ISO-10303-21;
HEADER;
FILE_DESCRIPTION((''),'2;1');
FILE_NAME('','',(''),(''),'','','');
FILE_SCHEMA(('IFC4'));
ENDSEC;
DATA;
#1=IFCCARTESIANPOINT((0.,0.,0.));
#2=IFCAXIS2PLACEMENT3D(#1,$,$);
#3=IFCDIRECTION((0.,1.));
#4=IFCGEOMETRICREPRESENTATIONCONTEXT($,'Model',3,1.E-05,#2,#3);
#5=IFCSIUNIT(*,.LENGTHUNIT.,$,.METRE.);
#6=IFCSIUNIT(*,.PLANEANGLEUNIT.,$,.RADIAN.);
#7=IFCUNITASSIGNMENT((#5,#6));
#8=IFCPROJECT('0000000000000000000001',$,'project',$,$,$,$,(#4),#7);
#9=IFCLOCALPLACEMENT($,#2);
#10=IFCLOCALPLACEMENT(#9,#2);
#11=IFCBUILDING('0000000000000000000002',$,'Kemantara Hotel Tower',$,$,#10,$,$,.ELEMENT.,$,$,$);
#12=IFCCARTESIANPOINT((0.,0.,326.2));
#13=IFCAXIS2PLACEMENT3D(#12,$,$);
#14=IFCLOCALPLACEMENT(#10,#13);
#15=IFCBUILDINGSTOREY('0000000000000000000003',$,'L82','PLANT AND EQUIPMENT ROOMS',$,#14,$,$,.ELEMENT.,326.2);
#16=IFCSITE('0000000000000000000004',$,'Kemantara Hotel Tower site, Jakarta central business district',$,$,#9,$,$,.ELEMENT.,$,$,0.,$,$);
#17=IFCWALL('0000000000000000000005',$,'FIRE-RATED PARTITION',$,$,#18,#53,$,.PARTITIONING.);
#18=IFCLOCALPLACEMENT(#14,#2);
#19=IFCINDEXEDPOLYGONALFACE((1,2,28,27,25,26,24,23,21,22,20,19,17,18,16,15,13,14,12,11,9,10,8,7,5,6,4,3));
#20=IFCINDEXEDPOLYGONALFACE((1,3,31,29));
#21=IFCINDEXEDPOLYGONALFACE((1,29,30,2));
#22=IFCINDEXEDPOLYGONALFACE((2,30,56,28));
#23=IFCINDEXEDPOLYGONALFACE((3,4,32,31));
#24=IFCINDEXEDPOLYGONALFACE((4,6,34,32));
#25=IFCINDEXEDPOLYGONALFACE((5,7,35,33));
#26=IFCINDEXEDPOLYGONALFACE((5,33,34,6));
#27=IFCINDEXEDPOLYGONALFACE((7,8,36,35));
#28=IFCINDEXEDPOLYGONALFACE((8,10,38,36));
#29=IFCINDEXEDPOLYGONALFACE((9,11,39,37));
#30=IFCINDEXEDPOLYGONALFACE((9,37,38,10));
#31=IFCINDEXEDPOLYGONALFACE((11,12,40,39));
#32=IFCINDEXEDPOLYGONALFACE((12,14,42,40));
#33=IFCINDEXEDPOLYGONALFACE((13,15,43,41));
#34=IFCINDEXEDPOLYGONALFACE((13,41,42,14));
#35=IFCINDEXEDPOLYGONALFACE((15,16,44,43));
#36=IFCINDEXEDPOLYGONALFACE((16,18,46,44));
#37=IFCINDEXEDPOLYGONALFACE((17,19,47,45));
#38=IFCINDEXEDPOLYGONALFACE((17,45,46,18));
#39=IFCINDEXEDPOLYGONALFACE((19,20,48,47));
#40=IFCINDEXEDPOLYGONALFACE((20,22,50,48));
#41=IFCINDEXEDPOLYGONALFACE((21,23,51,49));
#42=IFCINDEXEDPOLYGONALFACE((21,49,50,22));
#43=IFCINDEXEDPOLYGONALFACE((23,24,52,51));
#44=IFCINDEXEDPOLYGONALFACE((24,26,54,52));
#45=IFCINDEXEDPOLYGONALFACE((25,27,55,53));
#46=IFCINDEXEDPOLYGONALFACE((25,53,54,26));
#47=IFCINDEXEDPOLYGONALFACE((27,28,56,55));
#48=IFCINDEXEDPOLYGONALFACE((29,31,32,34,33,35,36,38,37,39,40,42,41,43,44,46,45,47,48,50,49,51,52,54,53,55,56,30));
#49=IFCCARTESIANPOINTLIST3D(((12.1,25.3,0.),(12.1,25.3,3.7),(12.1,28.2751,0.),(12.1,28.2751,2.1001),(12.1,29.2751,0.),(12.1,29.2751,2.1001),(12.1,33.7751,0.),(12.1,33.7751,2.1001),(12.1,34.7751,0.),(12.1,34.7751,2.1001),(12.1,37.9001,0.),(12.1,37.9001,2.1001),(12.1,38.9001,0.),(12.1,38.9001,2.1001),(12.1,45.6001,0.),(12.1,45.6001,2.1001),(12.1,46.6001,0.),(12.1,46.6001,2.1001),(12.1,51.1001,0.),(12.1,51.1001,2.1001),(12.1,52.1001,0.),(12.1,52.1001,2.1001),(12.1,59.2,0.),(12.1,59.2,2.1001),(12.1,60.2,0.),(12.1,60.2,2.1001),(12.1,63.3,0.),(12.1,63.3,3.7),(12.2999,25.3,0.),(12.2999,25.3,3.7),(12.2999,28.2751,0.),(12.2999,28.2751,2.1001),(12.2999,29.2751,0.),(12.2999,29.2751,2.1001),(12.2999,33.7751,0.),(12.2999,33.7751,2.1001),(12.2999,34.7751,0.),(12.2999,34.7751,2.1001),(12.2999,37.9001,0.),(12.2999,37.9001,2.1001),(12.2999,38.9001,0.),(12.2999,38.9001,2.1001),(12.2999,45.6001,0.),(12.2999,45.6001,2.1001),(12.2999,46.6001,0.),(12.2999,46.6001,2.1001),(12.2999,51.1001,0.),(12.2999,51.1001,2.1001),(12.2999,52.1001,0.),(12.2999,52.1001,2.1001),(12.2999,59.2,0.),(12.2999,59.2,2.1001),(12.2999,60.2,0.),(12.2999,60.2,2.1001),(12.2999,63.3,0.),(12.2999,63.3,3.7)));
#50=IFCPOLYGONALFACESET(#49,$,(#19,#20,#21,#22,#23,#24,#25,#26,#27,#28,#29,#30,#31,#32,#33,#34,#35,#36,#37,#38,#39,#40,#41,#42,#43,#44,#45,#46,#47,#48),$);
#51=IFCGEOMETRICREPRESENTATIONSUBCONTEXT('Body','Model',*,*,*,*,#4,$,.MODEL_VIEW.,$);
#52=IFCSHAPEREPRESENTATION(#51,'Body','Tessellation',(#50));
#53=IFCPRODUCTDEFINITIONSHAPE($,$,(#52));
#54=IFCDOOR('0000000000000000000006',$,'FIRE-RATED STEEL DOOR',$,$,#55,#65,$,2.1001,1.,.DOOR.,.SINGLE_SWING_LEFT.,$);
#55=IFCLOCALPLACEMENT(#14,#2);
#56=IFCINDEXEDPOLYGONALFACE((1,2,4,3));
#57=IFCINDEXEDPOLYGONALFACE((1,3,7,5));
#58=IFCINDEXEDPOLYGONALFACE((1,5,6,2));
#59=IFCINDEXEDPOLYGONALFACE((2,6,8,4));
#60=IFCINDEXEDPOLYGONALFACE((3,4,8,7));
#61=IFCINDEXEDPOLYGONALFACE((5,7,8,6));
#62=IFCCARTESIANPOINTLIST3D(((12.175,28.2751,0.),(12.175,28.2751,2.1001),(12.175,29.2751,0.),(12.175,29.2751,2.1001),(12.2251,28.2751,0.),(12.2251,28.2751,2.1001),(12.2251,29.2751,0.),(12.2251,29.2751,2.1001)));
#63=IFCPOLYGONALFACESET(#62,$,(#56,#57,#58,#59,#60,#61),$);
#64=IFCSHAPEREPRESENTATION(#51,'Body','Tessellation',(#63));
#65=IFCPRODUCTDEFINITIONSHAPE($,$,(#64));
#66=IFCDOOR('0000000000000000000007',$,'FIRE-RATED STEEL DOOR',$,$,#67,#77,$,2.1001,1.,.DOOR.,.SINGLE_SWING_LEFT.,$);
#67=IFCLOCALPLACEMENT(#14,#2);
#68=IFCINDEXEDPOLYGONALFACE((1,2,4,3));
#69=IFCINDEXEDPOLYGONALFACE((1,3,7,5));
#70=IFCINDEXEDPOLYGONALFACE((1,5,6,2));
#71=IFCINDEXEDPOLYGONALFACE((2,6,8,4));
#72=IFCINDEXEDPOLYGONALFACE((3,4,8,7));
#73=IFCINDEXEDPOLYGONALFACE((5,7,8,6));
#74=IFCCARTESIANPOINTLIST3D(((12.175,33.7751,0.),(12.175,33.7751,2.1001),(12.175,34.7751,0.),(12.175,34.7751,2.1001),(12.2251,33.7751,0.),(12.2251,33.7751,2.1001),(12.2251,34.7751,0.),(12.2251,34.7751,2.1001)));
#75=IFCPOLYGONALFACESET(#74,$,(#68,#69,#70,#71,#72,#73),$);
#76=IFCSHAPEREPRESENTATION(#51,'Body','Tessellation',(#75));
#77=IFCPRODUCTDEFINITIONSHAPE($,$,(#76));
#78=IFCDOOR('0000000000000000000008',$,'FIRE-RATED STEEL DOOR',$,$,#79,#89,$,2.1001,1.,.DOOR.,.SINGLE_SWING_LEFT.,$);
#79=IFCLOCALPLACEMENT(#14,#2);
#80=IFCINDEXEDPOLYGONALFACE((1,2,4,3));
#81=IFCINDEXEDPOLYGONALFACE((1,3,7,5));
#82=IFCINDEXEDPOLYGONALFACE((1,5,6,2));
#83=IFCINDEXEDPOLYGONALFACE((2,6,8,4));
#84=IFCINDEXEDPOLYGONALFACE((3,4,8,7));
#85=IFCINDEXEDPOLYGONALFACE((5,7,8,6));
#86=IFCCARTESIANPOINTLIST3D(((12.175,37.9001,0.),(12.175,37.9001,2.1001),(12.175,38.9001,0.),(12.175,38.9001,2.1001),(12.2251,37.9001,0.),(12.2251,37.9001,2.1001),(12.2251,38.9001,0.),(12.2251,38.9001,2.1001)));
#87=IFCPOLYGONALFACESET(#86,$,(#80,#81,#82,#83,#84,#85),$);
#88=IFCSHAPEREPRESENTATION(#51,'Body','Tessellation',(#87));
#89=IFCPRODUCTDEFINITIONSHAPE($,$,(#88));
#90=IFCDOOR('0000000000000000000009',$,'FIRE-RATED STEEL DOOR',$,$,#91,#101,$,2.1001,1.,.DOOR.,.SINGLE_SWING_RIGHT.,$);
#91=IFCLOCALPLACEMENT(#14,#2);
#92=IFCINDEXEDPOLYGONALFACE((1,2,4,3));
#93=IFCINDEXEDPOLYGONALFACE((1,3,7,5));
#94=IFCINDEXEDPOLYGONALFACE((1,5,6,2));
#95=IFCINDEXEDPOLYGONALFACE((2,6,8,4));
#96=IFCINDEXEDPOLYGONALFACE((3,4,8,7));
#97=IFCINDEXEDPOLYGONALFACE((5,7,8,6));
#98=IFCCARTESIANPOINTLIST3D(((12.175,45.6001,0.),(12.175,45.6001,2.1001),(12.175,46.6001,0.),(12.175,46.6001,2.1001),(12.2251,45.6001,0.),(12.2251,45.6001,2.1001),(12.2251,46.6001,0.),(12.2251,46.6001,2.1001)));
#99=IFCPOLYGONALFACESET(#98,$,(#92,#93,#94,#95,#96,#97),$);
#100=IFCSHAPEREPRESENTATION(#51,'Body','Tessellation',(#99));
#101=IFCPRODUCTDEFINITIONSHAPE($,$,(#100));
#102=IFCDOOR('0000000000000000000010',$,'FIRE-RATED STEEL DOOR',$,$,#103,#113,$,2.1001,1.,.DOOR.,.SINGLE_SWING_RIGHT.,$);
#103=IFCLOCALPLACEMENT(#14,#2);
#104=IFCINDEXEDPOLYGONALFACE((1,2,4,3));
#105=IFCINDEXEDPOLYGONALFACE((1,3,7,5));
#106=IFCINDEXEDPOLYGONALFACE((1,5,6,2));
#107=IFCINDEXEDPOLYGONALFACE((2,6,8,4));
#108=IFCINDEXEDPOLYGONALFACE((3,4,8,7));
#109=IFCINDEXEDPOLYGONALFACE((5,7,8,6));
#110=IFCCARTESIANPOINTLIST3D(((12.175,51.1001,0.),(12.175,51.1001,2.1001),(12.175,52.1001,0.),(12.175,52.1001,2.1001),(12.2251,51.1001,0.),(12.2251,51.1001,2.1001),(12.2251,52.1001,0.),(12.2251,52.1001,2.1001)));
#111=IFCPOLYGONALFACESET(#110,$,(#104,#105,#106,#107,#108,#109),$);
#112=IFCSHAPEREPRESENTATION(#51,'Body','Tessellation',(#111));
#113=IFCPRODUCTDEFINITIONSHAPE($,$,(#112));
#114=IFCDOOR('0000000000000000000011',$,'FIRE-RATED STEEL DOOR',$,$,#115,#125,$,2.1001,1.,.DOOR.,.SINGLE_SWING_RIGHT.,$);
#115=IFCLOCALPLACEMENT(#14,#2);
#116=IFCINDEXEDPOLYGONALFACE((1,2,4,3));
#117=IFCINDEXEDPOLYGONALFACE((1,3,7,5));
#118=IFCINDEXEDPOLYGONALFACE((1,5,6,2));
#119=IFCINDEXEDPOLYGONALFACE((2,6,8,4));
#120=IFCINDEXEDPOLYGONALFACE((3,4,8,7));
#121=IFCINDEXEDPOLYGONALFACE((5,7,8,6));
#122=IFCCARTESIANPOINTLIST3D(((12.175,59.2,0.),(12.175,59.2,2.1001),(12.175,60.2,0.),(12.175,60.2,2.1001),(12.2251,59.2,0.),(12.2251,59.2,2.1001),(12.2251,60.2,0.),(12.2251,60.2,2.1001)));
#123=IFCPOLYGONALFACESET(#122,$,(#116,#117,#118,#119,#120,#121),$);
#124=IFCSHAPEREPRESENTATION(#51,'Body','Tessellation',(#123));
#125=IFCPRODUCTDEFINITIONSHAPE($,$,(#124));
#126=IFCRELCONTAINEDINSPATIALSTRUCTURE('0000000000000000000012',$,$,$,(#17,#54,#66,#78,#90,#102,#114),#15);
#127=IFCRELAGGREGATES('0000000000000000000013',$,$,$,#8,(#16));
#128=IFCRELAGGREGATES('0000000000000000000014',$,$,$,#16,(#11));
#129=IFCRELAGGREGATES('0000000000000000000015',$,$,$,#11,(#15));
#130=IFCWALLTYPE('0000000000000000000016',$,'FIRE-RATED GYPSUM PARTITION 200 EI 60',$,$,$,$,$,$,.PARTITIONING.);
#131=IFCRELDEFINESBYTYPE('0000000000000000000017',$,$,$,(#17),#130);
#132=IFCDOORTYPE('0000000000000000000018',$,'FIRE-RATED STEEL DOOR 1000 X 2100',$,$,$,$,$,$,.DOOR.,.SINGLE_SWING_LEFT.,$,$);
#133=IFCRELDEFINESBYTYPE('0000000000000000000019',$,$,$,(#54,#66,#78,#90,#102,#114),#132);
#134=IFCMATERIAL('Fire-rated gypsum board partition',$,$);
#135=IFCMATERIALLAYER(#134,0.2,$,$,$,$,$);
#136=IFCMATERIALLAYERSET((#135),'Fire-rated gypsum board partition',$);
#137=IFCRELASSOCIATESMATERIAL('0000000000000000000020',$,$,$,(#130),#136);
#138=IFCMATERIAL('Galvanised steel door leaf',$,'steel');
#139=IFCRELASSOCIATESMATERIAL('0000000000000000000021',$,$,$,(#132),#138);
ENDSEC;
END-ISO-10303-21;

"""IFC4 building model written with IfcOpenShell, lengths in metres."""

from ifc_helpers import new_model, si_unit, direction, frame, frame_2d, origin, place, context, subcontext, project, spatial, rectangle, extrude, material, layer, layer_set, type_object, element, fill, save


model = new_model("IFC4")

# Units and contexts
model_context = context("Model", 3, precision=1e-05, world=origin(), true_north=direction((0.0, 1.0)))
body_context = subcontext(model_context, "Body", "Model", "MODEL_VIEW")
ifc_project = project(units=[si_unit("LENGTHUNIT", "METRE"), si_unit("PLANEANGLEUNIT", "RADIAN")], contexts=[model_context])

# Site, building, storey
site_placement = place(None, origin())
site = spatial("IfcSite", under=ifc_project, at=site_placement, Name="Kemantara Hotel Tower site, Jakarta central business district", CompositionType="ELEMENT", RefElevation=0.0)
building_placement = place(site_placement, origin())
building = spatial("IfcBuilding", under=site, at=building_placement, Name="Kemantara Hotel Tower", CompositionType="ELEMENT")
storey_placement = place(building_placement, frame((0.0, 0.0, 326.2)))
storey = spatial("IfcBuildingStorey", under=building, at=storey_placement, Name="L82", Description="PLANT AND EQUIPMENT ROOMS", CompositionType="ELEMENT", Elevation=326.2)

# Shared definitions
ifc_material_1 = material(Name="Fire-rated gypsum board partition")
ifc_layer_1 = layer(ifc_material_1, 0.2)
ifc_layer_set_1 = layer_set([ifc_layer_1], Name="Fire-rated gypsum board partition")
wall_type_1 = type_object("IfcWallType", Name="FIRE-RATED GYPSUM PARTITION 200 EI 60", PredefinedType="PARTITIONING", material=ifc_layer_set_1)

# Wall, openings, doors
wall_1_placement = place(storey_placement, frame((12.2, 25.3, 0.0), z_axis=(0.0, 0.0, 1.0), x_axis=(0.0, 1.0, 0.0)))
wall_1 = element("IfcWall", 1, at=wall_1_placement, inside=storey, type_object=wall_type_1, Name="FIRE-RATED PARTITION", PredefinedType="PARTITIONING", context=body_context, shape_type="SweptSolid", body=[
    extrude(rectangle(XDim=38.0, YDim=0.2, at=frame_2d((19.0, 0.0))), origin(), (0.0, 0.0, 1.0), 3.7),
])
opening_1_placement = place(wall_1_placement, frame((2.9751, 0.0, 0.0)))
opening_1 = element("IfcOpeningElement", 2, at=opening_1_placement, cuts=wall_1, PredefinedType="OPENING", context=body_context, shape_type="SweptSolid", body=[
    extrude(rectangle(XDim=1.0, YDim=2.1001, at=frame_2d((0.5, 1.05))), frame((0.0, 0.1099, 0.0), z_axis=(0.0, -1.0, 0.0), x_axis=(1.0, 0.0, 0.0)), (0.0, 0.0, 1.0), 0.22),
])
opening_2_placement = place(wall_1_placement, frame((8.4751, 0.0, 0.0)))
opening_2 = element("IfcOpeningElement", 3, at=opening_2_placement, cuts=wall_1, PredefinedType="OPENING", context=body_context, shape_type="SweptSolid", body=[
    extrude(rectangle(XDim=1.0, YDim=2.1001, at=frame_2d((0.5, 1.05))), frame((0.0, 0.1099, 0.0), z_axis=(0.0, -1.0, 0.0), x_axis=(1.0, 0.0, 0.0)), (0.0, 0.0, 1.0), 0.22),
])
opening_3_placement = place(wall_1_placement, frame((12.6001, 0.0, 0.0)))
opening_3 = element("IfcOpeningElement", 4, at=opening_3_placement, cuts=wall_1, PredefinedType="OPENING", context=body_context, shape_type="SweptSolid", body=[
    extrude(rectangle(XDim=1.0, YDim=2.1001, at=frame_2d((0.5, 1.05))), frame((0.0, 0.1099, 0.0), z_axis=(0.0, -1.0, 0.0), x_axis=(1.0, 0.0, 0.0)), (0.0, 0.0, 1.0), 0.22),
])
opening_4_placement = place(wall_1_placement, frame((20.3, 0.0, 0.0)))
opening_4 = element("IfcOpeningElement", 5, at=opening_4_placement, cuts=wall_1, PredefinedType="OPENING", context=body_context, shape_type="SweptSolid", body=[
    extrude(rectangle(XDim=1.0, YDim=2.1001, at=frame_2d((0.5, 1.05))), frame((0.0, 0.1099, 0.0), z_axis=(0.0, -1.0, 0.0), x_axis=(1.0, 0.0, 0.0)), (0.0, 0.0, 1.0), 0.22),
])
opening_5_placement = place(wall_1_placement, frame((25.8, 0.0, 0.0)))
opening_5 = element("IfcOpeningElement", 6, at=opening_5_placement, cuts=wall_1, PredefinedType="OPENING", context=body_context, shape_type="SweptSolid", body=[
    extrude(rectangle(XDim=1.0, YDim=2.1001, at=frame_2d((0.5, 1.05))), frame((0.0, 0.1099, 0.0), z_axis=(0.0, -1.0, 0.0), x_axis=(1.0, 0.0, 0.0)), (0.0, 0.0, 1.0), 0.22),
])
opening_6_placement = place(wall_1_placement, frame((33.8999, 0.0, 0.0)))
opening_6 = element("IfcOpeningElement", 7, at=opening_6_placement, cuts=wall_1, PredefinedType="OPENING", context=body_context, shape_type="SweptSolid", body=[
    extrude(rectangle(XDim=1.0, YDim=2.1001, at=frame_2d((0.5, 1.05))), frame((0.0, 0.1099, 0.0), z_axis=(0.0, -1.0, 0.0), x_axis=(1.0, 0.0, 0.0)), (0.0, 0.0, 1.0), 0.22),
])
ifc_material_2 = material(Name="Galvanised steel door leaf", Category="steel")
door_type = type_object("IfcDoorType", Name="FIRE-RATED STEEL DOOR 1000 X 2100", OperationType="SINGLE_SWING_LEFT", PredefinedType="DOOR", material=ifc_material_2)
door_1_placement = place(opening_1_placement, origin())
door_1 = element("IfcDoor", 8, at=door_1_placement, inside=storey, type_object=door_type, Name="FIRE-RATED STEEL DOOR", OperationType="SINGLE_SWING_LEFT", OverallHeight=2.1001, OverallWidth=1.0, PredefinedType="DOOR", context=body_context, shape_type="SweptSolid", body=[
    extrude(rectangle(XDim=1.0, YDim=2.1001, at=frame_2d((0.5, 1.05))), frame((0.0, 0.0249, 0.0), z_axis=(0.0, -1.0, 0.0), x_axis=(1.0, 0.0, 0.0)), (0.0, 0.0, 1.0), 0.05),
])
fill(opening_1, door_1)
door_2_placement = place(opening_2_placement, origin())
door_2 = element("IfcDoor", 9, at=door_2_placement, inside=storey, type_object=door_type, Name="FIRE-RATED STEEL DOOR", OperationType="SINGLE_SWING_LEFT", OverallHeight=2.1001, OverallWidth=1.0, PredefinedType="DOOR", context=body_context, shape_type="SweptSolid", body=[
    extrude(rectangle(XDim=1.0, YDim=2.1001, at=frame_2d((0.5, 1.05))), frame((0.0, 0.0249, 0.0), z_axis=(0.0, -1.0, 0.0), x_axis=(1.0, 0.0, 0.0)), (0.0, 0.0, 1.0), 0.05),
])
fill(opening_2, door_2)
door_3_placement = place(opening_3_placement, origin())
door_3 = element("IfcDoor", 10, at=door_3_placement, inside=storey, type_object=door_type, Name="FIRE-RATED STEEL DOOR", OperationType="SINGLE_SWING_LEFT", OverallHeight=2.1001, OverallWidth=1.0, PredefinedType="DOOR", context=body_context, shape_type="SweptSolid", body=[
    extrude(rectangle(XDim=1.0, YDim=2.1001, at=frame_2d((0.5, 1.05))), frame((0.0, 0.0249, 0.0), z_axis=(0.0, -1.0, 0.0), x_axis=(1.0, 0.0, 0.0)), (0.0, 0.0, 1.0), 0.05),
])
fill(opening_3, door_3)
door_4_placement = place(opening_4_placement, origin())
door_4 = element("IfcDoor", 11, at=door_4_placement, inside=storey, type_object=door_type, Name="FIRE-RATED STEEL DOOR", OperationType="SINGLE_SWING_RIGHT", OverallHeight=2.1001, OverallWidth=1.0, PredefinedType="DOOR", context=body_context, shape_type="SweptSolid", body=[
    extrude(rectangle(XDim=1.0, YDim=2.1001, at=frame_2d((0.5, 1.05))), frame((0.0, 0.0249, 0.0), z_axis=(0.0, -1.0, 0.0), x_axis=(1.0, 0.0, 0.0)), (0.0, 0.0, 1.0), 0.05),
])
fill(opening_4, door_4)
door_5_placement = place(opening_5_placement, origin())
door_5 = element("IfcDoor", 12, at=door_5_placement, inside=storey, type_object=door_type, Name="FIRE-RATED STEEL DOOR", OperationType="SINGLE_SWING_RIGHT", OverallHeight=2.1001, OverallWidth=1.0, PredefinedType="DOOR", context=body_context, shape_type="SweptSolid", body=[
    extrude(rectangle(XDim=1.0, YDim=2.1001, at=frame_2d((0.5, 1.05))), frame((0.0, 0.0249, 0.0), z_axis=(0.0, -1.0, 0.0), x_axis=(1.0, 0.0, 0.0)), (0.0, 0.0, 1.0), 0.05),
])
fill(opening_5, door_5)
door_6_placement = place(opening_6_placement, origin())
door_6 = element("IfcDoor", 13, at=door_6_placement, inside=storey, type_object=door_type, Name="FIRE-RATED STEEL DOOR", OperationType="SINGLE_SWING_RIGHT", OverallHeight=2.1001, OverallWidth=1.0, PredefinedType="DOOR", context=body_context, shape_type="SweptSolid", body=[
    extrude(rectangle(XDim=1.0, YDim=2.1001, at=frame_2d((0.5, 1.05))), frame((0.0, 0.0249, 0.0), z_axis=(0.0, -1.0, 0.0), x_axis=(1.0, 0.0, 0.0)), (0.0, 0.0, 1.0), 0.05),
])
fill(opening_6, door_6)

save(model, "model.ifc")
